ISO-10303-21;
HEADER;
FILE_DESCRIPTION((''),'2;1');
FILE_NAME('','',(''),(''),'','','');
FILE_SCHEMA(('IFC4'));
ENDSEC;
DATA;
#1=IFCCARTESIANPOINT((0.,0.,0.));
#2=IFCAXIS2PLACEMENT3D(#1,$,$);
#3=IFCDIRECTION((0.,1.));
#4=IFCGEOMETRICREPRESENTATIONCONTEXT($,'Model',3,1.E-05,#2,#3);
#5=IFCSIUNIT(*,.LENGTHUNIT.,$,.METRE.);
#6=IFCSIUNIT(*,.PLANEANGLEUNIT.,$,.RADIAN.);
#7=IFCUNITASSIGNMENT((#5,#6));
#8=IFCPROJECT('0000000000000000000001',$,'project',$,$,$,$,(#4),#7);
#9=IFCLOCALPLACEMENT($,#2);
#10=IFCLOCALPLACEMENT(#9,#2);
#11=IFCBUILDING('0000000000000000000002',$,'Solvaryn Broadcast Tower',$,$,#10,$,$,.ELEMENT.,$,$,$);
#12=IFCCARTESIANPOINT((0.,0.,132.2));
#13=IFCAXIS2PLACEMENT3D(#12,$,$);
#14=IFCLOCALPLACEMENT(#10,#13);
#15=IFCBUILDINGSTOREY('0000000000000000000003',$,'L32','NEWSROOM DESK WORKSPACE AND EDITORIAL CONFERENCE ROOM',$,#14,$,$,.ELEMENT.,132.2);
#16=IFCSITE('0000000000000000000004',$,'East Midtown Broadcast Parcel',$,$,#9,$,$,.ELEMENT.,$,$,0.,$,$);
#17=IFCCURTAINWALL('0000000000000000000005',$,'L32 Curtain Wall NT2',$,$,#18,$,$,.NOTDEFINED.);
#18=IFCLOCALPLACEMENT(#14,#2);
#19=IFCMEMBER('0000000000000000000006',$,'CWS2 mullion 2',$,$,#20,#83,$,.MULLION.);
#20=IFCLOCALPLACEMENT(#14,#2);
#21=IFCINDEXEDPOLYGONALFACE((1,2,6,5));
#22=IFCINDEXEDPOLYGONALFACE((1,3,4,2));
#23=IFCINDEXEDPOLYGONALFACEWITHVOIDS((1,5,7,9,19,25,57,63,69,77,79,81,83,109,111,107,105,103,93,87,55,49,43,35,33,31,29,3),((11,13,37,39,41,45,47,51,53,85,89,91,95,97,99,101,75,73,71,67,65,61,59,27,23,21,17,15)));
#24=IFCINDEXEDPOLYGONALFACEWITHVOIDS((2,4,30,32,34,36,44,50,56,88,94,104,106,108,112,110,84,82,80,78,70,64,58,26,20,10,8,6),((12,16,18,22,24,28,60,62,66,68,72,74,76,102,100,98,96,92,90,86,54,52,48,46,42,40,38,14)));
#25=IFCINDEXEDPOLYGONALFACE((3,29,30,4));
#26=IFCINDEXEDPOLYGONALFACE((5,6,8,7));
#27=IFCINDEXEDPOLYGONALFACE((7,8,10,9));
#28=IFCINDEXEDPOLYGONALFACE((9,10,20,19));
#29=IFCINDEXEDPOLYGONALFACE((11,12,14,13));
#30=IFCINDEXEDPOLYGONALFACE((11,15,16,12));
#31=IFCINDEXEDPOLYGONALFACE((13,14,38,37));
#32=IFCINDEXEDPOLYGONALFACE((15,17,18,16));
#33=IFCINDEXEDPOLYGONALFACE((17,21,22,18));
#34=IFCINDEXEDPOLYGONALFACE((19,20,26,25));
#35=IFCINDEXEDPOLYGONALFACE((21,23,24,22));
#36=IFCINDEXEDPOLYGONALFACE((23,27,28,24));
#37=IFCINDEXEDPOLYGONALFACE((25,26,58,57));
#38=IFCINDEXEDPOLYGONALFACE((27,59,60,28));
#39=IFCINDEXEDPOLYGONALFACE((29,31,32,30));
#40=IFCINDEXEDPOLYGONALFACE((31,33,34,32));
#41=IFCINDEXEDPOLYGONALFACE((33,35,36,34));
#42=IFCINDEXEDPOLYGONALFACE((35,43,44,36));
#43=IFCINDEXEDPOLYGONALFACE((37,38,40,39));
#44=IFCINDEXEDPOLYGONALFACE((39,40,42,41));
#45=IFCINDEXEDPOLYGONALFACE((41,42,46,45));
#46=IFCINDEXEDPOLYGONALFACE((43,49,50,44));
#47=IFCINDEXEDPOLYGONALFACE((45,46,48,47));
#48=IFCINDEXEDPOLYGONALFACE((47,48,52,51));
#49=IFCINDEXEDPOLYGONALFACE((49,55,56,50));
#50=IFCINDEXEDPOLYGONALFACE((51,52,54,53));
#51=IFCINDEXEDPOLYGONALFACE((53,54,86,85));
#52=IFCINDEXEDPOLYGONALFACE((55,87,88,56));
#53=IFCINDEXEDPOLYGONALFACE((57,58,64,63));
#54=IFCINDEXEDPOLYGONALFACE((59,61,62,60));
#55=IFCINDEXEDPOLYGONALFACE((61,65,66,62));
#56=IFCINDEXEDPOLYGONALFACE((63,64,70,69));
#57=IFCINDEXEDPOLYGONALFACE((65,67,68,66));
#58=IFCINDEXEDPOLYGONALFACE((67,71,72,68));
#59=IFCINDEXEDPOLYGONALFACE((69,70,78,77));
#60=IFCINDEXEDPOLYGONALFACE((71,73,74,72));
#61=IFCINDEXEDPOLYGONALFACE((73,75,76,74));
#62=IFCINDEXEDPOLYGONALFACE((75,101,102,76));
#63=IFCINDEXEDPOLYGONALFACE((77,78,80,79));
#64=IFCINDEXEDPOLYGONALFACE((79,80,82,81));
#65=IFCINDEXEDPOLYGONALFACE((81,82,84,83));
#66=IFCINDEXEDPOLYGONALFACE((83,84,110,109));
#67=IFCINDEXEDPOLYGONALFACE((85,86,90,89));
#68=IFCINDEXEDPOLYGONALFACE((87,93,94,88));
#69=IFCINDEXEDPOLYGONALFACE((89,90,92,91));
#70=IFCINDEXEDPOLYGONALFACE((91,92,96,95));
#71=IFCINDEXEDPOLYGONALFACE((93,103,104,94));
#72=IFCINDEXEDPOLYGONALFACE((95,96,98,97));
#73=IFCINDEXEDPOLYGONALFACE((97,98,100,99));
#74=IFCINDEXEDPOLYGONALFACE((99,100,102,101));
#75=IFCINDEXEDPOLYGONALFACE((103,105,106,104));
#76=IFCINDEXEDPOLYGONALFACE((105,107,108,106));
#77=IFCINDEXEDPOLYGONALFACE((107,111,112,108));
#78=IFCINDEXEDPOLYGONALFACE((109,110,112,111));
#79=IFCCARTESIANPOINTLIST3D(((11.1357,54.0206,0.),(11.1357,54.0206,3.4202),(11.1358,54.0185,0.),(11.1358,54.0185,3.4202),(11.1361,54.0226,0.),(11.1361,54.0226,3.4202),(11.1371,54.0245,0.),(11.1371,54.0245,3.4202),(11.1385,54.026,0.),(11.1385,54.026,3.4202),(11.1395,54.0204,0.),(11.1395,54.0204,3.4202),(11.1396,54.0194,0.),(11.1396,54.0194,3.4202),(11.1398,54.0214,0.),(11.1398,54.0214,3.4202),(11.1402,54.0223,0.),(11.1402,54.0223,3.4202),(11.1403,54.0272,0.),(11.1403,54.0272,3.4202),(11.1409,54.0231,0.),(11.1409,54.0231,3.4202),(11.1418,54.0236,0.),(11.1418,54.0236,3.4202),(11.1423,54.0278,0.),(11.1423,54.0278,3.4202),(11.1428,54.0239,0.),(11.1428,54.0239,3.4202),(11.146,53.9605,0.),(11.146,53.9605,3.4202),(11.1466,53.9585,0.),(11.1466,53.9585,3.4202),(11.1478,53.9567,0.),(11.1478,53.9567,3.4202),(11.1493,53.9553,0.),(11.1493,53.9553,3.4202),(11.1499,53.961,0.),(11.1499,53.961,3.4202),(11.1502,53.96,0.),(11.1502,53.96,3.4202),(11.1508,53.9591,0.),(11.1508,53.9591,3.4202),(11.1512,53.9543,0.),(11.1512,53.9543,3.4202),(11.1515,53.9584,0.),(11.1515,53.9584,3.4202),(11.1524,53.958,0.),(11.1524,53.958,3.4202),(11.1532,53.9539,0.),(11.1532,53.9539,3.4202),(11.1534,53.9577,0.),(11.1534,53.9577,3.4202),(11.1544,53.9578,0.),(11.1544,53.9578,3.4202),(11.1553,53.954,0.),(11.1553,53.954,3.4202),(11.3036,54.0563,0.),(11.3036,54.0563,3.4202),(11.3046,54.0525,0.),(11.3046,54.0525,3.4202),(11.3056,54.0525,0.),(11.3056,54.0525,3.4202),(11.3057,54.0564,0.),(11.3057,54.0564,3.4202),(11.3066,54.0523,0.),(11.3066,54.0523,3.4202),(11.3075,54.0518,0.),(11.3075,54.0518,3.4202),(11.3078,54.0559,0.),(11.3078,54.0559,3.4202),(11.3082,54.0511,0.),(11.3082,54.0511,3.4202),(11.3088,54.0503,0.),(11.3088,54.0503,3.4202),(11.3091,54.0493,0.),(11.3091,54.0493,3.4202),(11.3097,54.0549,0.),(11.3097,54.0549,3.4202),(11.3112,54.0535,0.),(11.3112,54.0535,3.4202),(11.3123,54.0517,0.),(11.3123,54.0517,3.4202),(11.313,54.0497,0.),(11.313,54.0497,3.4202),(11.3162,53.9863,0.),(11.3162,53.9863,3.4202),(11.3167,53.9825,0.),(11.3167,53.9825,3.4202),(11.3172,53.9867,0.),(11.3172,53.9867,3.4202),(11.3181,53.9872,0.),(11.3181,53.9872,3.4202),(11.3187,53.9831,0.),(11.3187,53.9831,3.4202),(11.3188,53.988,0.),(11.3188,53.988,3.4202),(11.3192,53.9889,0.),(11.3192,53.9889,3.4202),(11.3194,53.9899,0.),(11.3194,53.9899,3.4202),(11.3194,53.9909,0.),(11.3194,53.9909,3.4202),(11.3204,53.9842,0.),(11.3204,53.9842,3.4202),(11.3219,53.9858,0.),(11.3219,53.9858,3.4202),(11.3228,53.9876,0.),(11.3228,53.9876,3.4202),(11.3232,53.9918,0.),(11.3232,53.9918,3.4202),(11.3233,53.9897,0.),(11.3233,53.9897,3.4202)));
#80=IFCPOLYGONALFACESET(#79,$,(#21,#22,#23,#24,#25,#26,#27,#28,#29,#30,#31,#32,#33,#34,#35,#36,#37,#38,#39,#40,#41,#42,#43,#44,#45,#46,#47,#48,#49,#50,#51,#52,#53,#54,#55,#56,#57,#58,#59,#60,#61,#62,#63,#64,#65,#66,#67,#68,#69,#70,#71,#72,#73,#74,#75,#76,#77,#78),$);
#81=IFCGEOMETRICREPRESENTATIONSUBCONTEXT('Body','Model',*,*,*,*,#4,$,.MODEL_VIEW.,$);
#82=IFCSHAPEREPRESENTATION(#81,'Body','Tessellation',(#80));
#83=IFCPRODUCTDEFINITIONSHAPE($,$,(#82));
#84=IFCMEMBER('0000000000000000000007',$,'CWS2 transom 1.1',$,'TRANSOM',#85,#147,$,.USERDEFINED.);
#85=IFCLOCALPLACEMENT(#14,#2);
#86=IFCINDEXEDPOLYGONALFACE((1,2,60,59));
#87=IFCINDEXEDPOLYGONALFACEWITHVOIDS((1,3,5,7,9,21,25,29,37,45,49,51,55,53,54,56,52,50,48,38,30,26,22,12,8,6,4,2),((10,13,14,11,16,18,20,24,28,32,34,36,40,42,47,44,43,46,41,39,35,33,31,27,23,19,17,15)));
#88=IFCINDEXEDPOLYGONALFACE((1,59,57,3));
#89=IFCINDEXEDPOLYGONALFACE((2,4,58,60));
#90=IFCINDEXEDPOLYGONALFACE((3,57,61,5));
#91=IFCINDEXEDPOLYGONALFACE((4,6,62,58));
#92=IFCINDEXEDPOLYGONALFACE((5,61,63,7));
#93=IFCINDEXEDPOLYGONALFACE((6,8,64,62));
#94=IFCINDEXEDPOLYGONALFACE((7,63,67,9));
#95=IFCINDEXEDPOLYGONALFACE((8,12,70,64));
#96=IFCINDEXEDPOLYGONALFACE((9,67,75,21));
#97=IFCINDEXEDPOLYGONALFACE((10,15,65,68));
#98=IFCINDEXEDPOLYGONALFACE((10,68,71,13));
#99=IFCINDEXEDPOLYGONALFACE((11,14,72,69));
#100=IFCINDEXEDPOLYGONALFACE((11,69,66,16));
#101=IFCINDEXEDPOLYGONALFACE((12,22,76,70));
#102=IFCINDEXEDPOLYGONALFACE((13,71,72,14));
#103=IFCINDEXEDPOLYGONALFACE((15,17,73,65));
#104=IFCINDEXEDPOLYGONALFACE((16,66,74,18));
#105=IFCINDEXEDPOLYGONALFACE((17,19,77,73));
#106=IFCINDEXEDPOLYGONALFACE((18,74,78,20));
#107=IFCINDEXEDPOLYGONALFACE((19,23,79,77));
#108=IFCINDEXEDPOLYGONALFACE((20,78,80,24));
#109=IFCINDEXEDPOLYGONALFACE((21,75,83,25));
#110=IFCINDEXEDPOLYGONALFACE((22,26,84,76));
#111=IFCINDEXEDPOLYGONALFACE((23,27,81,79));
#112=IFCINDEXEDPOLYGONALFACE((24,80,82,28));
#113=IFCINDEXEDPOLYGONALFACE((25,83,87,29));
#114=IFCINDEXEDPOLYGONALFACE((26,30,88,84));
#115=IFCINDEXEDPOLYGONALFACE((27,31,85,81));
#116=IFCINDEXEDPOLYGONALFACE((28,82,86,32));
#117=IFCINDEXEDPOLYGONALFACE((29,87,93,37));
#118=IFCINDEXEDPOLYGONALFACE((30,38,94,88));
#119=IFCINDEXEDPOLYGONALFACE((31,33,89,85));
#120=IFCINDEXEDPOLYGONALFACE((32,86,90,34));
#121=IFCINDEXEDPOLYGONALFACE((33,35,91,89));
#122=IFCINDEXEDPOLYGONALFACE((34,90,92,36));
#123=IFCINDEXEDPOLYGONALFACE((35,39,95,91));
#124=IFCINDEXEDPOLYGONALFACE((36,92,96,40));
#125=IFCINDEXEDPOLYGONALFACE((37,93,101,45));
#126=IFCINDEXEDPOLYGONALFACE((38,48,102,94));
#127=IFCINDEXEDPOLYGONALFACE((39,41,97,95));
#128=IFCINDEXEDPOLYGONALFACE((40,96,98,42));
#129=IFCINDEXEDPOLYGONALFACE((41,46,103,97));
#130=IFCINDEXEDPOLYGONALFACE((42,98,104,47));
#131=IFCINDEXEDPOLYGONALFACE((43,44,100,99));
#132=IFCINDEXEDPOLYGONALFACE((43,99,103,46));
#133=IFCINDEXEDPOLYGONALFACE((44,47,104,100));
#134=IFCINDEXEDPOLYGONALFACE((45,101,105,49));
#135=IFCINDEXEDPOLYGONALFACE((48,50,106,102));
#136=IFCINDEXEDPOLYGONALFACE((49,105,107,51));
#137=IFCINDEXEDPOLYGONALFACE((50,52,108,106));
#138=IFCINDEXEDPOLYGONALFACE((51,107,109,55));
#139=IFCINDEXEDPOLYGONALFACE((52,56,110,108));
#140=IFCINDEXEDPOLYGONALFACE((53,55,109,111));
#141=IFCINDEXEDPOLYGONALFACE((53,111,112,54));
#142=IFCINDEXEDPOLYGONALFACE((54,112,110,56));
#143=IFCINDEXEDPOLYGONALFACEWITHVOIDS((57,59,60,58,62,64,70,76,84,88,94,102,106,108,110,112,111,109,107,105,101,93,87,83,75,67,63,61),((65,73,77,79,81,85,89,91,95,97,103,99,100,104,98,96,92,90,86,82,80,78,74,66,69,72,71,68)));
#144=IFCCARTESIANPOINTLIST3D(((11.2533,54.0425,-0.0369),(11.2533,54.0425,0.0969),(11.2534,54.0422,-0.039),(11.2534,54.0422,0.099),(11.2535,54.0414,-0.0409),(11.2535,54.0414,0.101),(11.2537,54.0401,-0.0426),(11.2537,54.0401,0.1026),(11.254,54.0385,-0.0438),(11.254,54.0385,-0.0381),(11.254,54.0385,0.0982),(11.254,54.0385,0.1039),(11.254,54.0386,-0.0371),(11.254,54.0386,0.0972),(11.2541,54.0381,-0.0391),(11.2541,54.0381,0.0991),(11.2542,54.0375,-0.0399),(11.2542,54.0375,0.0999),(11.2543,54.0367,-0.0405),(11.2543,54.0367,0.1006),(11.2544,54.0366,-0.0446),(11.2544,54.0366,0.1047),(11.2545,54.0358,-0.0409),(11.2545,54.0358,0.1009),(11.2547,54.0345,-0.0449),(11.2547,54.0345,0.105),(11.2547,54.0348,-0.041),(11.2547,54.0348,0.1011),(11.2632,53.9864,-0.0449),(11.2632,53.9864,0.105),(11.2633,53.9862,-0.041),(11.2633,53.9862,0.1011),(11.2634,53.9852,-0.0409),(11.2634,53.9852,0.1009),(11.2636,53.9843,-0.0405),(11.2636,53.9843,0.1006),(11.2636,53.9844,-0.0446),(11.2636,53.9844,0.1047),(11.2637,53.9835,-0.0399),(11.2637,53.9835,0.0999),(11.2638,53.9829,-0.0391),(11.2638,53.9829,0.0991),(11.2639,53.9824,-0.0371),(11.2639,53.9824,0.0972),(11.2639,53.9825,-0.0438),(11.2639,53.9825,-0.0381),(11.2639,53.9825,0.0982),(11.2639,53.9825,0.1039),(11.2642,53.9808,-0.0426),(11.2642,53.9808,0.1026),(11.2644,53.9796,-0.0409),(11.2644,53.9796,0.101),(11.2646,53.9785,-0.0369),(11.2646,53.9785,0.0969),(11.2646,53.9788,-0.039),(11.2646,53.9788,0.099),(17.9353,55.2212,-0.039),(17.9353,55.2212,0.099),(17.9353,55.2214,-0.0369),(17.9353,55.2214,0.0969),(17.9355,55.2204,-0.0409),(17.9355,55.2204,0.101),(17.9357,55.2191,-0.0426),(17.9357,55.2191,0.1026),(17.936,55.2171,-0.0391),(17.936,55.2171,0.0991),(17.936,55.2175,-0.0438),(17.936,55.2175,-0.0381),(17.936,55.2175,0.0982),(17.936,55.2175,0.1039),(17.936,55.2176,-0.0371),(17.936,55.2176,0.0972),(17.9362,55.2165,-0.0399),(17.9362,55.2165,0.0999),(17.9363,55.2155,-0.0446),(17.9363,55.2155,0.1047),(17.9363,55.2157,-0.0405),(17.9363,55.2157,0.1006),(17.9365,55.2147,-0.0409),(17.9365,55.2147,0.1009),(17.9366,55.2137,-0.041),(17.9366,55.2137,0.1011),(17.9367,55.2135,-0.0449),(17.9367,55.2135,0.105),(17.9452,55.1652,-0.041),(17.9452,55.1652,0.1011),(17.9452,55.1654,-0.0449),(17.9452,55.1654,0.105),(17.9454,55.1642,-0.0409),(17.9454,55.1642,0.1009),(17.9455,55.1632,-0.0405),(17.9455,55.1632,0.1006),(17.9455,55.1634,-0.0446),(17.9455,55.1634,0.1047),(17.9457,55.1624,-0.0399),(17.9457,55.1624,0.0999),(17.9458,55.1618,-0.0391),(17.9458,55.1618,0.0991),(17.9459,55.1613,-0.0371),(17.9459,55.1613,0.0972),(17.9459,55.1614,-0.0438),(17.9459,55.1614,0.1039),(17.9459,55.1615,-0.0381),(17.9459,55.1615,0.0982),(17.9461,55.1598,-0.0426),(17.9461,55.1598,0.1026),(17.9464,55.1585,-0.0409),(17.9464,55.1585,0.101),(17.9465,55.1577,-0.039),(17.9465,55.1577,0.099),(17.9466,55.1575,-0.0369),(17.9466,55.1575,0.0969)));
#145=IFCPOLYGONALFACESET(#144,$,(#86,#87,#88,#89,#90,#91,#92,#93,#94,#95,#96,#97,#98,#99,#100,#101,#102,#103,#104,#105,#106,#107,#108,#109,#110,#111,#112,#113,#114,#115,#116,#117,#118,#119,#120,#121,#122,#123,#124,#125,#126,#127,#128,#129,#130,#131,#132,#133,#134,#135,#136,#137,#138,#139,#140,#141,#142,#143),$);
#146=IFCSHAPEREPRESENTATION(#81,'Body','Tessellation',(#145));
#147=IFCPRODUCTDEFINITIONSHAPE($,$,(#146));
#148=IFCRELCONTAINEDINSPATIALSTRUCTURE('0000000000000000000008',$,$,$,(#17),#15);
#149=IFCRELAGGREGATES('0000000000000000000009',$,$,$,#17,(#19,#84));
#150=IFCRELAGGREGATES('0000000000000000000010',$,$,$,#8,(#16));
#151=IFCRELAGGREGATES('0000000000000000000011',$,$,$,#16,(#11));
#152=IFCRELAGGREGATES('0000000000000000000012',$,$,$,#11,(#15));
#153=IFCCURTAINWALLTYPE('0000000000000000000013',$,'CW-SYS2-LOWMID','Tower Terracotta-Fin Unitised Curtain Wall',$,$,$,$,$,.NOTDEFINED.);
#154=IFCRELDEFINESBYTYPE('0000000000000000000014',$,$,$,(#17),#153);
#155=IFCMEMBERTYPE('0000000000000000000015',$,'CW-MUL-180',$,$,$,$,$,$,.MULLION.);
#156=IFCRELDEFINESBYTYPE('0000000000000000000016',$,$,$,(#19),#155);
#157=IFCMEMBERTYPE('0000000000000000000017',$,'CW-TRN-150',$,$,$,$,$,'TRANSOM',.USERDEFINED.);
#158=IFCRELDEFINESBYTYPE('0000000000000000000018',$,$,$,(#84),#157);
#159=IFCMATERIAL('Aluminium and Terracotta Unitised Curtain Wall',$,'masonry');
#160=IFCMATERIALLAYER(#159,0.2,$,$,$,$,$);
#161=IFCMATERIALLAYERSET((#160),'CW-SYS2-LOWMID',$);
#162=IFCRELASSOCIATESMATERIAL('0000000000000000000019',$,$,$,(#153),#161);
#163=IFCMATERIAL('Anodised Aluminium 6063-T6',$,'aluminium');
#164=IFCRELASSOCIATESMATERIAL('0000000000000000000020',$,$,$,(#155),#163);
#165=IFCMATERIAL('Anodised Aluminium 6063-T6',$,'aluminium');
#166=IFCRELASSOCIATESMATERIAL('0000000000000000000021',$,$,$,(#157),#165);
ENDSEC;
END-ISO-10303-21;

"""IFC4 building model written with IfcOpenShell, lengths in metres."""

from ifc_helpers import new_model, si_unit, direction, frame, origin, origin_2d, place, context, subcontext, project, spatial, hollow_rectangle, extrude, material, layer, layer_set, material_profile, profile_set, type_object, element, aggregate, save


model = new_model("IFC4")

# Units and contexts
model_context = context("Model", 3, precision=1e-05, world=origin(), true_north=direction((0.0, 1.0)))
body_context = subcontext(model_context, "Body", "Model", "MODEL_VIEW")
ifc_project = project(units=[si_unit("LENGTHUNIT", "METRE"), si_unit("PLANEANGLEUNIT", "RADIAN")], contexts=[model_context])

# Site, building, storey
site_placement = place(None, origin())
site = spatial("IfcSite", under=ifc_project, at=site_placement, Name="East Midtown Broadcast Parcel", CompositionType="ELEMENT", RefElevation=0.0)
building_placement = place(site_placement, origin())
building = spatial("IfcBuilding", under=site, at=building_placement, Name="Solvaryn Broadcast Tower", CompositionType="ELEMENT")
storey_placement = place(building_placement, frame((0.0, 0.0, 132.2)))
storey = spatial("IfcBuildingStorey", under=building, at=storey_placement, Name="L32", Description="NEWSROOM DESK WORKSPACE AND EDITORIAL CONFERENCE ROOM", CompositionType="ELEMENT", Elevation=132.2)

# Shared definitions
ifc_material_1 = material(Name="Aluminium and Terracotta Unitised Curtain Wall", Category="masonry")
ifc_layer_1 = layer(ifc_material_1, 0.2)
ifc_layer_set_1 = layer_set([ifc_layer_1], Name="CW-SYS2-LOWMID")
curtain_wall_type = type_object("IfcCurtainWallType", Name="CW-SYS2-LOWMID", Description="Tower Terracotta-Fin Unitised Curtain Wall", PredefinedType="NOTDEFINED", material=ifc_layer_set_1)
ifc_material_2 = material(Name="Anodised Aluminium 6063-T6", Category="aluminium")
ifc_material_profile_1 = material_profile(ifc_material_2, hollow_rectangle(XDim=0.075, YDim=0.1799, WallThickness=0.0039, InnerFilletRadius=0.0039, OuterFilletRadius=0.0081, at=origin_2d()))
ifc_profile_set_1 = profile_set([ifc_material_profile_1], Name="Anodised Aluminium 6063-T6")
member_type_1 = type_object("IfcMemberType", Name="CW-MUL-180", PredefinedType="MULLION", material=ifc_profile_set_1)

# Curtain wall, members
curtain_wall_1_placement = place(storey_placement, origin())
curtain_wall_1 = element("IfcCurtainWall", 1, at=curtain_wall_1_placement, inside=storey, type_object=curtain_wall_type, Name="L32 Curtain Wall NT2", PredefinedType="NOTDEFINED")
member_1_placement = place(storey_placement, frame((11.2295, 54.0051, 0.0), z_axis=(0.0, 0.0, 1.0), x_axis=(0.173785, -0.984784, 0.0)))
member_1 = element("IfcMember", 2, at=member_1_placement, type_object=member_type_1, Name="CWS2 mullion 2", PredefinedType="MULLION", context=body_context, shape_type="SweptSolid", body=[
    extrude(hollow_rectangle(XDim=0.075, YDim=0.1799, WallThickness=0.0039, InnerFilletRadius=0.0039, OuterFilletRadius=0.0081, at=origin_2d()), origin(), (0.0, 0.0, 1.0), 3.4202),
])
ifc_material_3 = material(Name="Anodised Aluminium 6063-T6", Category="aluminium")
ifc_material_profile_2 = material_profile(ifc_material_3, hollow_rectangle(XDim=0.0649, YDim=0.1499, WallThickness=0.0039, InnerFilletRadius=0.0039, OuterFilletRadius=0.0081, at=origin_2d()))
ifc_profile_set_2 = profile_set([ifc_material_profile_2], Name="Anodised Aluminium 6063-T6")
member_type_2 = type_object("IfcMemberType", Name="CW-TRN-150", ElementType="TRANSOM", PredefinedType="USERDEFINED", material=ifc_profile_set_2)
member_2_placement = place(storey_placement, frame((17.9409, 55.1895, 0.03), z_axis=(-0.984789, -0.173757, 0.0), x_axis=(0.173757, -0.984789, 0.0)))
member_2 = element("IfcMember", 3, at=member_2_placement, type_object=member_type_2, Name="CWS2 transom 1.1", ObjectType="TRANSOM", PredefinedType="USERDEFINED", context=body_context, shape_type="SweptSolid", body=[
    extrude(hollow_rectangle(XDim=0.0649, YDim=0.1499, WallThickness=0.0039, InnerFilletRadius=0.0039, OuterFilletRadius=0.0081, at=origin_2d()), origin(), (0.0, 0.0, 1.0), 6.7852),
])

aggregate(curtain_wall_1, [member_1, member_2])

save(model, "model.ifc")
